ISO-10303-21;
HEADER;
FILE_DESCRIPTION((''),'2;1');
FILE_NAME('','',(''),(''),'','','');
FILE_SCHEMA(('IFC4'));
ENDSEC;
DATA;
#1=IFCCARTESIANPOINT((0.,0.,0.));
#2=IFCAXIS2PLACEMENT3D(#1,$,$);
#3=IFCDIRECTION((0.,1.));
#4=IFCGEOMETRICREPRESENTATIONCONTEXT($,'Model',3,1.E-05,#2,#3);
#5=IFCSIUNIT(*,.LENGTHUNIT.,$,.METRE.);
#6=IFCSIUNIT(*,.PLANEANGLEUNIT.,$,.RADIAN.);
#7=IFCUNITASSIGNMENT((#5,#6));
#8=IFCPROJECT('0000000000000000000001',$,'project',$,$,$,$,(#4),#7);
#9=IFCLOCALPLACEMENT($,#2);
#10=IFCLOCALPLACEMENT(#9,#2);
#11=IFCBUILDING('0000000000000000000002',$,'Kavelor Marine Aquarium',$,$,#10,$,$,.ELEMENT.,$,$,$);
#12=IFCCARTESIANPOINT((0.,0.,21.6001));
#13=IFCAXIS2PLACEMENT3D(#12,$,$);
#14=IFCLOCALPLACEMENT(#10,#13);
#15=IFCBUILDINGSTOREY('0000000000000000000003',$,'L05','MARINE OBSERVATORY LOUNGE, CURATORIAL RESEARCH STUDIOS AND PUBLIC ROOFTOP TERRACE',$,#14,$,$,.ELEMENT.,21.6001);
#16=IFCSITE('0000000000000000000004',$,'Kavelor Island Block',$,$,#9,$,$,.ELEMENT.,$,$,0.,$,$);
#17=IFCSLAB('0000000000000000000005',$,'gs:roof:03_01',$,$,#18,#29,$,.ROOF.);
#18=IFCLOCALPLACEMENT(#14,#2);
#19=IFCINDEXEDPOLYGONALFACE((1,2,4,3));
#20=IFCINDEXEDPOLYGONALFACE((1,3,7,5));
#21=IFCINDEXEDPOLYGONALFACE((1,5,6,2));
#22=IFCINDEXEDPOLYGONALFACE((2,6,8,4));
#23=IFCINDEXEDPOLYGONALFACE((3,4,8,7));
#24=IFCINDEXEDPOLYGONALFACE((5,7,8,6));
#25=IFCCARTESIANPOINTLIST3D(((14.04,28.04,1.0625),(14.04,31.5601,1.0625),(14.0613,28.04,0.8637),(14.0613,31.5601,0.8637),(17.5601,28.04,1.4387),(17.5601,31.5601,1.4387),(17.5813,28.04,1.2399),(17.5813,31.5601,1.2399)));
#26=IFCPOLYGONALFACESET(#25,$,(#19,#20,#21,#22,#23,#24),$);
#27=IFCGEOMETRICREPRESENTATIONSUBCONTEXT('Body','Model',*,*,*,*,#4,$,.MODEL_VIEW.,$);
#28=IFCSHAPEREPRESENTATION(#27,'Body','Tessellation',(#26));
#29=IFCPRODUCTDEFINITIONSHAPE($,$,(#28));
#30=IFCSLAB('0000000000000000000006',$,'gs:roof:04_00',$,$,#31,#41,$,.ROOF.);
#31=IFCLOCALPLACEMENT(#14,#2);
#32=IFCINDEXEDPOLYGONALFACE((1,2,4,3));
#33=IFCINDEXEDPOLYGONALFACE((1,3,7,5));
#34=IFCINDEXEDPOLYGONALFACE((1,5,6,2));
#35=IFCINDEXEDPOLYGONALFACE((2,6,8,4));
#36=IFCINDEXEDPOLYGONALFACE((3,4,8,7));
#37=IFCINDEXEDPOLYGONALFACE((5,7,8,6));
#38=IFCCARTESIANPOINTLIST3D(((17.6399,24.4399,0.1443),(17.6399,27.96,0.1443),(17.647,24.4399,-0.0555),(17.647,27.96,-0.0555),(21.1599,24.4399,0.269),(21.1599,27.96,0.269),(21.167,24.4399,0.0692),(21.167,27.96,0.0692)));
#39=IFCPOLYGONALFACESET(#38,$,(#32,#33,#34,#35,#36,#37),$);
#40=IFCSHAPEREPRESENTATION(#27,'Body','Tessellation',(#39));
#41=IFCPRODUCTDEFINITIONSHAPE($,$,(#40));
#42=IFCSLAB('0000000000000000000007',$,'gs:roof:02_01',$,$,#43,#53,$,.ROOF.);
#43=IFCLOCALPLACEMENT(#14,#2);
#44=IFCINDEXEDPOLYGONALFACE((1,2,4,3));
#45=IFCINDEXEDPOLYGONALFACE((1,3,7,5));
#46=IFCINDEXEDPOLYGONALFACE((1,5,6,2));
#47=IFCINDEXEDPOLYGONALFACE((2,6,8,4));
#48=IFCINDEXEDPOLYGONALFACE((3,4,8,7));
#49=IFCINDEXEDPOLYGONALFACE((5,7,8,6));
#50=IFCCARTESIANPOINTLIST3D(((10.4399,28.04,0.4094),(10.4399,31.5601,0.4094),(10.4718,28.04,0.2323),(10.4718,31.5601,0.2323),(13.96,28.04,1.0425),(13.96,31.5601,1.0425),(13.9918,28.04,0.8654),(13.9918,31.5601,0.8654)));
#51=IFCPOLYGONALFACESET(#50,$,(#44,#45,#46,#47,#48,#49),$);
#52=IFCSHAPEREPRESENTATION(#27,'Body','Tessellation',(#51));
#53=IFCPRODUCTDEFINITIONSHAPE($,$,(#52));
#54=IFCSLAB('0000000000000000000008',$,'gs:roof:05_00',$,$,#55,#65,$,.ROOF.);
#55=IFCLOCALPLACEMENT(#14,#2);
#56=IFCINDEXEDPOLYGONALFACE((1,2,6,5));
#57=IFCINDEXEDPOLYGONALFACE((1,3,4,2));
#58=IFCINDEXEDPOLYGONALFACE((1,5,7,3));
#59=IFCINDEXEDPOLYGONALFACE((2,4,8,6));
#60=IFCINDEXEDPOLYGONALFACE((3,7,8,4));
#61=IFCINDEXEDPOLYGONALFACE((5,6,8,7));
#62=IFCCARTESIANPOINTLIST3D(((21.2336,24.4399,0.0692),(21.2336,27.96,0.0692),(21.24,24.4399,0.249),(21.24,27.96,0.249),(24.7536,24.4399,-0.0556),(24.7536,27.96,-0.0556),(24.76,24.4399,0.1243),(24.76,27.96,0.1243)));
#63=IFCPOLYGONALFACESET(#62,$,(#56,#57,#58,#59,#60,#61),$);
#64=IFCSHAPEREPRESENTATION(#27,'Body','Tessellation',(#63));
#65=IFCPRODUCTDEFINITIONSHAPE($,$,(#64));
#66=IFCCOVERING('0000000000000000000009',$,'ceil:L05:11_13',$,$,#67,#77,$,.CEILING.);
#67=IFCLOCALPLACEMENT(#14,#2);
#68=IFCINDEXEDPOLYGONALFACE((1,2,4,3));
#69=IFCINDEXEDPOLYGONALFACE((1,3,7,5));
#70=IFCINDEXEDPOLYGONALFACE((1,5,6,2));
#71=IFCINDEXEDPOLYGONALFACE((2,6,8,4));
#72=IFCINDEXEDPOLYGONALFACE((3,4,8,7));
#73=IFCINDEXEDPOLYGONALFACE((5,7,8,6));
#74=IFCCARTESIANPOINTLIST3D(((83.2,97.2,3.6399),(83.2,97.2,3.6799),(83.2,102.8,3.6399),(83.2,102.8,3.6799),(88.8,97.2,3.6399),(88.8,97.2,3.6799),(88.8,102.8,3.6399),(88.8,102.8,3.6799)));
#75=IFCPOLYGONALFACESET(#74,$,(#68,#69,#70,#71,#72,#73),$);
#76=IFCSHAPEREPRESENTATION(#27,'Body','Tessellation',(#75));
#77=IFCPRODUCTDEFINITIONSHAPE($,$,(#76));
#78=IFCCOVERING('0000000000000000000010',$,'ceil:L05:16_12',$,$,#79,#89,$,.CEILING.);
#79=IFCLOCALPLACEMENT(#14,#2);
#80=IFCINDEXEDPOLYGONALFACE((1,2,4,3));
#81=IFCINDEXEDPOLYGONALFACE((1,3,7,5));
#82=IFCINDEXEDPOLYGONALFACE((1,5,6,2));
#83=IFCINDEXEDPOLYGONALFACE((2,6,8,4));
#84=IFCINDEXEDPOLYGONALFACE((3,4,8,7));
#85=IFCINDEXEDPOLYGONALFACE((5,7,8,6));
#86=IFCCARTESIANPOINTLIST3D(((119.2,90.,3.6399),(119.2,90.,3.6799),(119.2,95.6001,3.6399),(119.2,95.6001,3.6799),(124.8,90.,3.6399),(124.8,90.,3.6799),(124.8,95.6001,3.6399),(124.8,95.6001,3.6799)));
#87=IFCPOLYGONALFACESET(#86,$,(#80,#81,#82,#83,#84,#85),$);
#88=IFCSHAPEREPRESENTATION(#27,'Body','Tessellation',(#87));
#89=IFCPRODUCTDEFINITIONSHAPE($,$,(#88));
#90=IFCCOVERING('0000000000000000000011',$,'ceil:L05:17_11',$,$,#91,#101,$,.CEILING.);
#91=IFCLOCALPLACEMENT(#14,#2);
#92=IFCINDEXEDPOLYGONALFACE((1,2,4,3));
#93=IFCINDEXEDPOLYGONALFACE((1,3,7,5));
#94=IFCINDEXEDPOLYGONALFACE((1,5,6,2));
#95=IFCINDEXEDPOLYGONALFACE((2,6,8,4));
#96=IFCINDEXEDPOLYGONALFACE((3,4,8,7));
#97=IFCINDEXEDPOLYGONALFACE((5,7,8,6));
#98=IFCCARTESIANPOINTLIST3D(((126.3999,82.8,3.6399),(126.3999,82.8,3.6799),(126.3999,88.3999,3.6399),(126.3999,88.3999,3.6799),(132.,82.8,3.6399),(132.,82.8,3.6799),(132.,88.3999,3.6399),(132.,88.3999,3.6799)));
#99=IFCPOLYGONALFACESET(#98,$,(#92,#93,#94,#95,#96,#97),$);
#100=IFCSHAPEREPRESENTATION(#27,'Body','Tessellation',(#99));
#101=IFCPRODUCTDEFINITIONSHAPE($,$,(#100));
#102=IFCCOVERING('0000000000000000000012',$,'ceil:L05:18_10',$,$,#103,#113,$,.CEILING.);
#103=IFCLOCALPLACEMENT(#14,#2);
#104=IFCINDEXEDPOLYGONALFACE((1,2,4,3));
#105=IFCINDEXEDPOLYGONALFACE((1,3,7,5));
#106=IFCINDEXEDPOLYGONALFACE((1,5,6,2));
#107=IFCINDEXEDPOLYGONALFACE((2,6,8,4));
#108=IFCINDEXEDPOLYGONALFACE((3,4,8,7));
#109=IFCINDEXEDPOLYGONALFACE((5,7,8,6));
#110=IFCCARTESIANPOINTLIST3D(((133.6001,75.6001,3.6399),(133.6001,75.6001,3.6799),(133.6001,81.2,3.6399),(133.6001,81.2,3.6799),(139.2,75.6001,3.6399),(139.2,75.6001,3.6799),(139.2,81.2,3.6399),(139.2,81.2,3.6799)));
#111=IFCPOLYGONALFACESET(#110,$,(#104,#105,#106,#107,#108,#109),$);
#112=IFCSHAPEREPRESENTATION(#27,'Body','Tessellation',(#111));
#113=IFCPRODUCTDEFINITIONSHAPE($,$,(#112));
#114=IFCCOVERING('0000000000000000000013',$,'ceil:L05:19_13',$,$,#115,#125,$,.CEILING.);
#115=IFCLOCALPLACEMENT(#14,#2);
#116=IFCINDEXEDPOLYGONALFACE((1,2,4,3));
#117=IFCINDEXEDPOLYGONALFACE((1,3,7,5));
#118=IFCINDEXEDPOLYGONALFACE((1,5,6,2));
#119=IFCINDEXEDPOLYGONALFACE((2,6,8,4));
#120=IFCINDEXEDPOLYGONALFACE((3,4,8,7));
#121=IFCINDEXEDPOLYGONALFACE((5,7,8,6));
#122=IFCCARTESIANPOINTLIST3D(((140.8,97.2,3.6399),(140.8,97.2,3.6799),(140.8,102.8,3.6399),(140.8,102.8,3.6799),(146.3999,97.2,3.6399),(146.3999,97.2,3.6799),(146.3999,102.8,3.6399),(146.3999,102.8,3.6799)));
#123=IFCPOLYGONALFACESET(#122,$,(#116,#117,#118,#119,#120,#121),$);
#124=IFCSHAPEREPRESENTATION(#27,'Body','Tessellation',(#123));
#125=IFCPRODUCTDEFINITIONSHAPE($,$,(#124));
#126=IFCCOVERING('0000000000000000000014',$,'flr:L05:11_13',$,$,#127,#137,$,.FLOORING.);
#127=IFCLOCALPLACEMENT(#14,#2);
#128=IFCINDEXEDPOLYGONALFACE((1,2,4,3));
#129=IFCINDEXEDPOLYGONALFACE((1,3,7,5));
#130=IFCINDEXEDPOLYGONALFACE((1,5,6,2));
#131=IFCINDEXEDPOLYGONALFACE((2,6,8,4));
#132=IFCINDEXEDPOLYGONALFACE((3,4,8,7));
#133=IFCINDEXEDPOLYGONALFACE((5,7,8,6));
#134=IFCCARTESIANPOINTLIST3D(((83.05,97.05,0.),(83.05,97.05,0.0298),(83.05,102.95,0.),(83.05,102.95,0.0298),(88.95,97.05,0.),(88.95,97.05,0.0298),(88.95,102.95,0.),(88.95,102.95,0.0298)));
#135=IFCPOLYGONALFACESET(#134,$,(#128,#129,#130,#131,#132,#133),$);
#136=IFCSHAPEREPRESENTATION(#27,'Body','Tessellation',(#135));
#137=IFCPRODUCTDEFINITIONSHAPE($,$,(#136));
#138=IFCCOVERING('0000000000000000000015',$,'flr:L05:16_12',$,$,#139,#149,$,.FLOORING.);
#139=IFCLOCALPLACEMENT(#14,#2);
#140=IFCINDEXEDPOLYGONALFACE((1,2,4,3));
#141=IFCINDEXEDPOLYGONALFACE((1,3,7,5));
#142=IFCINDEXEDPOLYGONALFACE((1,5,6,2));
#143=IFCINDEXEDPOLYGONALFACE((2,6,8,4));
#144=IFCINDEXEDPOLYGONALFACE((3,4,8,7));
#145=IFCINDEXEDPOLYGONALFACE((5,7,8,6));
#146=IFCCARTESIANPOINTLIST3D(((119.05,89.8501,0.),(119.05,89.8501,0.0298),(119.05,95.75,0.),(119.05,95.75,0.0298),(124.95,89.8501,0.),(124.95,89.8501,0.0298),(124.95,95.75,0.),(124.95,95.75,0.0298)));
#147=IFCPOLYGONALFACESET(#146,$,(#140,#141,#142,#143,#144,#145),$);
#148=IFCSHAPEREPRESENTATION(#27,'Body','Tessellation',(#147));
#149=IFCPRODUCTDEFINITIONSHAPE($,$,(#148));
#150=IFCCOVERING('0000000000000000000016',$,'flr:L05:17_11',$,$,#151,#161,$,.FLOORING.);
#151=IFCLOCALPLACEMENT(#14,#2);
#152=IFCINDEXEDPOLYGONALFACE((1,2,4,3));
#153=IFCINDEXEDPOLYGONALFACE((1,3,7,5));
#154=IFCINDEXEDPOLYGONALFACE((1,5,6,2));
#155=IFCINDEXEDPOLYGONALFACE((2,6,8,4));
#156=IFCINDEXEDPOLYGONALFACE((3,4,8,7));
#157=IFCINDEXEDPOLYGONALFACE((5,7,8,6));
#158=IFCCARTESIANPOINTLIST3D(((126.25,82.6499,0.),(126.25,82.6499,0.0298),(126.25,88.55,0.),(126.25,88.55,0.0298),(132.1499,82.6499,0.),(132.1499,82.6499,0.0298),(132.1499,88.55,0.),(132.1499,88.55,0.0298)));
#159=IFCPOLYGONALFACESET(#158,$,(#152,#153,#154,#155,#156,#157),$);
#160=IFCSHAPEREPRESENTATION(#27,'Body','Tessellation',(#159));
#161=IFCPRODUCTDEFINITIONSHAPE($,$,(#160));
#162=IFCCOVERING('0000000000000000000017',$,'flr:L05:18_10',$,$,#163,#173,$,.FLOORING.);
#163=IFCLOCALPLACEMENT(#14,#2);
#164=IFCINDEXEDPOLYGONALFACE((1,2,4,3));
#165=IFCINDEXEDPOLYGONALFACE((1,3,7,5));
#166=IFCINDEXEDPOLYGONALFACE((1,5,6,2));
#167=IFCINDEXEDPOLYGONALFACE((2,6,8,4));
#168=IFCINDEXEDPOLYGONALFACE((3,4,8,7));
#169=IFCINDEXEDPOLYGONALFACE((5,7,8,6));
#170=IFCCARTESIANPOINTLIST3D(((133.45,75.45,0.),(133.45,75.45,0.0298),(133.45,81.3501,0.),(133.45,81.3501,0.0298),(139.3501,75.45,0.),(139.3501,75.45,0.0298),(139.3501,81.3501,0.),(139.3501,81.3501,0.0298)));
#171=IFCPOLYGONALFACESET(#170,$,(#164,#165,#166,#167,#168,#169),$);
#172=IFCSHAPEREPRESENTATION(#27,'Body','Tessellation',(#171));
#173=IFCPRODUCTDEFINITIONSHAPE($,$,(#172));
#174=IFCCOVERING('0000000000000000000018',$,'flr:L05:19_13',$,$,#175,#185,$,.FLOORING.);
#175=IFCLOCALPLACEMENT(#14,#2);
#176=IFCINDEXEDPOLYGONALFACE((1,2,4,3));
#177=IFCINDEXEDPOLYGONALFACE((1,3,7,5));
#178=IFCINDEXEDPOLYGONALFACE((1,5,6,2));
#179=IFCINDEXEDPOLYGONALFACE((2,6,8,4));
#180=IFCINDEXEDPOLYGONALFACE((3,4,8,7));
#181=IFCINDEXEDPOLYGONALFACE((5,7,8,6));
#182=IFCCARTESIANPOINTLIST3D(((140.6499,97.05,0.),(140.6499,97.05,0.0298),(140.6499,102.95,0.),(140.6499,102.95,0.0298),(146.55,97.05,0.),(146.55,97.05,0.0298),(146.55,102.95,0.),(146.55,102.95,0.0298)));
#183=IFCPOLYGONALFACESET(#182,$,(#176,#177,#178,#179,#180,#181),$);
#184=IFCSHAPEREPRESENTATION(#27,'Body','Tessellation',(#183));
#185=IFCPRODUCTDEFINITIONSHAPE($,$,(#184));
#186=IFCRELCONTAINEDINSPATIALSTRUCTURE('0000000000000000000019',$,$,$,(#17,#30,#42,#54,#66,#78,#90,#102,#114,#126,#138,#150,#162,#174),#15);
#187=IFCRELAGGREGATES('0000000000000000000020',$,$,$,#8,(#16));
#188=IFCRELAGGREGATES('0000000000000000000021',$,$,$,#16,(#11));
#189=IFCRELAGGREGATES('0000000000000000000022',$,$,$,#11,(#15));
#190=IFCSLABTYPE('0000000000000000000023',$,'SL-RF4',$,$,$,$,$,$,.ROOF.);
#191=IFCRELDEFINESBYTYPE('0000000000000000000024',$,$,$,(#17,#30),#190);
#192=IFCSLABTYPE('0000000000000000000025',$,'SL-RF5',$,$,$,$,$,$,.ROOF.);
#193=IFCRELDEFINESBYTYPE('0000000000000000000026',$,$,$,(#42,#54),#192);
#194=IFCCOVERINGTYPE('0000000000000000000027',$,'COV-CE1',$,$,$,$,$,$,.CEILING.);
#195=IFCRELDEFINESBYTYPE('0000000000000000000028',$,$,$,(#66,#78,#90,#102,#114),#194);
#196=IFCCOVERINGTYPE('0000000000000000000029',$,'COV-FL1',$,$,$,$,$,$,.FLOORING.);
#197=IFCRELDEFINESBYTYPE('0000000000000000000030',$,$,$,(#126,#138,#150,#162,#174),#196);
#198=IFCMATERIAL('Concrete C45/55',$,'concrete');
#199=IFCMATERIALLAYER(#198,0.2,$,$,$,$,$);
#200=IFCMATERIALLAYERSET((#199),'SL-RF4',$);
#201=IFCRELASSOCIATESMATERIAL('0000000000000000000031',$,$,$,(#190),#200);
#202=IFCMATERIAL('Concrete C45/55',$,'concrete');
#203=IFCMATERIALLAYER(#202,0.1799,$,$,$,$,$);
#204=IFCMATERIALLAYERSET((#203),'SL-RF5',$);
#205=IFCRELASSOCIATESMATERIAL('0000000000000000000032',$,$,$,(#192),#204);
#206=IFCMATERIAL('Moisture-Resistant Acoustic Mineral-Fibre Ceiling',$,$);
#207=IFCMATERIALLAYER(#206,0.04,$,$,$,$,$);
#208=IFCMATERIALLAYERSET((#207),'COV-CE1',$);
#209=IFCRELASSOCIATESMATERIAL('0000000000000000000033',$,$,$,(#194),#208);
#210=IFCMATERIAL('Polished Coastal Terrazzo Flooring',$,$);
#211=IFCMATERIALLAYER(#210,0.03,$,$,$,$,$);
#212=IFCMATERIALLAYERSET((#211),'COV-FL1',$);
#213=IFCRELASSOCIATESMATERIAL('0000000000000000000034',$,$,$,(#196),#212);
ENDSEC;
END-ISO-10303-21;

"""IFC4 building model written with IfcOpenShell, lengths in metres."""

from ifc_helpers import new_model, si_unit, direction, frame, origin, place, context, subcontext, project, spatial, polyline, outline, extrude, material, layer, layer_set, type_object, element, save


model = new_model("IFC4")

# Units and contexts
model_context = context("Model", 3, precision=1e-05, world=origin(), true_north=direction((0.0, 1.0)))
body_context = subcontext(model_context, "Body", "Model", "MODEL_VIEW")
ifc_project = project(units=[si_unit("LENGTHUNIT", "METRE"), si_unit("PLANEANGLEUNIT", "RADIAN")], contexts=[model_context])

# Site, building, storey
site_placement = place(None, origin())
site = spatial("IfcSite", under=ifc_project, at=site_placement, Name="Kavelor Island Block", CompositionType="ELEMENT", RefElevation=0.0)
building_placement = place(site_placement, origin())
building = spatial("IfcBuilding", under=site, at=building_placement, Name="Kavelor Marine Aquarium", CompositionType="ELEMENT")
storey_placement = place(building_placement, frame((0.0, 0.0, 21.6001)))
storey = spatial("IfcBuildingStorey", under=building, at=storey_placement, Name="L05", Description="MARINE OBSERVATORY LOUNGE, CURATORIAL RESEARCH STUDIOS AND PUBLIC ROOFTOP TERRACE", CompositionType="ELEMENT", Elevation=21.6001)

# Slabs
ifc_material_1 = material(Name="Concrete C45/55", Category="concrete")
ifc_layer_1 = layer(ifc_material_1, 0.2)
ifc_layer_set_1 = layer_set([ifc_layer_1], Name="SL-RF4")
slab_type_1 = type_object("IfcSlabType", Name="SL-RF4", PredefinedType="ROOF", material=ifc_layer_set_1)
slab_1_placement = place(storey_placement, frame((14.04, 28.04, 1.0625), z_axis=(-0.106275, 0.0, 0.994337), x_axis=(0.994337, 0.0, 0.106275)))
element("IfcSlab", 1, at=slab_1_placement, inside=storey, type_object=slab_type_1, Name="gs:roof:03_01", PredefinedType="ROOF", context=body_context, shape_type="SweptSolid", body=[
    extrude(outline(polyline([(0.0, 0.0), (3.5401, 0.0), (3.5401, 3.52), (0.0, 3.52), (0.0, 0.0)])), origin(), (0.0, 0.0, -1.0), 0.2),
])
slab_2_placement = place(storey_placement, frame((17.6399, 24.4399, 0.1443), z_axis=(-0.03542, 0.0, 0.999373), x_axis=(0.999373, 0.0, 0.03542)))
element("IfcSlab", 2, at=slab_2_placement, inside=storey, type_object=slab_type_1, Name="gs:roof:04_00", PredefinedType="ROOF", context=body_context, shape_type="SweptSolid", body=[
    extrude(outline(polyline([(0.0, 0.0), (3.5222, 0.0), (3.5222, 3.52), (0.0, 3.52), (0.0, 0.0)])), origin(), (0.0, 0.0, -1.0), 0.2),
])
ifc_material_2 = material(Name="Concrete C45/55", Category="concrete")
ifc_layer_2 = layer(ifc_material_2, 0.1799)
ifc_layer_set_2 = layer_set([ifc_layer_2], Name="SL-RF5")
slab_type_2 = type_object("IfcSlabType", Name="SL-RF5", PredefinedType="ROOF", material=ifc_layer_set_2)
slab_3_placement = place(storey_placement, frame((10.4399, 28.04, 0.4094), z_axis=(-0.177005, 0.0, 0.98421), x_axis=(0.98421, 0.0, 0.177005)))
element("IfcSlab", 3, at=slab_3_placement, inside=storey, type_object=slab_type_2, Name="gs:roof:02_01", PredefinedType="ROOF", context=body_context, shape_type="SweptSolid", body=[
    extrude(outline(polyline([(0.0, 0.0), (3.5765, 0.0), (3.5765, 3.52), (0.0, 3.52), (0.0, 0.0)])), origin(), (0.0, 0.0, -1.0), 0.1799),
])
slab_4_placement = place(storey_placement, frame((21.24, 24.4399, 0.249), z_axis=(0.03542, 0.0, 0.999373), x_axis=(0.999373, 0.0, -0.03542)))
element("IfcSlab", 4, at=slab_4_placement, inside=storey, type_object=slab_type_2, Name="gs:roof:05_00", PredefinedType="ROOF", context=body_context, shape_type="SweptSolid", body=[
    extrude(outline(polyline([(0.0, 0.0), (3.5222, 0.0), (3.5222, 3.52), (0.0, 3.52), (0.0, 0.0)])), origin(), (0.0, 0.0, -1.0), 0.1799),
])

# Coverings
ifc_material_3 = material(Name="Moisture-Resistant Acoustic Mineral-Fibre Ceiling")
ifc_layer_3 = layer(ifc_material_3, 0.04)
ifc_layer_set_3 = layer_set([ifc_layer_3], Name="COV-CE1")
covering_type_1 = type_object("IfcCoveringType", Name="COV-CE1", PredefinedType="CEILING", material=ifc_layer_set_3)
covering_1_placement = place(storey_placement, frame((0.0, 0.0, 3.6399)))
element("IfcCovering", 5, at=covering_1_placement, inside=storey, type_object=covering_type_1, Name="ceil:L05:11_13", PredefinedType="CEILING", context=body_context, shape_type="SweptSolid", body=[
    extrude(outline(polyline([(83.2, 97.2), (88.8, 97.2), (88.8, 102.8), (83.2, 102.8), (83.2, 97.2)])), origin(), (0.0, 0.0, 1.0), 0.04),
])
covering_2_placement = place(storey_placement, frame((0.0, 0.0, 3.6399)))
element("IfcCovering", 6, at=covering_2_placement, inside=storey, type_object=covering_type_1, Name="ceil:L05:16_12", PredefinedType="CEILING", context=body_context, shape_type="SweptSolid", body=[
    extrude(outline(polyline([(119.2, 90.0), (124.8, 90.0), (124.8, 95.6001), (119.2, 95.6001), (119.2, 90.0)])), origin(), (0.0, 0.0, 1.0), 0.04),
])
covering_3_placement = place(storey_placement, frame((0.0, 0.0, 3.6399)))
element("IfcCovering", 7, at=covering_3_placement, inside=storey, type_object=covering_type_1, Name="ceil:L05:17_11", PredefinedType="CEILING", context=body_context, shape_type="SweptSolid", body=[
    extrude(outline(polyline([(126.3999, 82.8), (132.0, 82.8), (132.0, 88.3999), (126.3999, 88.3999), (126.3999, 82.8)])), origin(), (0.0, 0.0, 1.0), 0.04),
])
covering_4_placement = place(storey_placement, frame((0.0, 0.0, 3.6399)))
element("IfcCovering", 8, at=covering_4_placement, inside=storey, type_object=covering_type_1, Name="ceil:L05:18_10", PredefinedType="CEILING", context=body_context, shape_type="SweptSolid", body=[
    extrude(outline(polyline([(133.6001, 75.6001), (139.2, 75.6001), (139.2, 81.2), (133.6001, 81.2), (133.6001, 75.6001)])), origin(), (0.0, 0.0, 1.0), 0.04),
])
covering_5_placement = place(storey_placement, frame((0.0, 0.0, 3.6399)))
element("IfcCovering", 9, at=covering_5_placement, inside=storey, type_object=covering_type_1, Name="ceil:L05:19_13", PredefinedType="CEILING", context=body_context, shape_type="SweptSolid", body=[
    extrude(outline(polyline([(140.8, 97.2), (146.3999, 97.2), (146.3999, 102.8), (140.8, 102.8), (140.8, 97.2)])), origin(), (0.0, 0.0, 1.0), 0.04),
])
ifc_material_4 = material(Name="Polished Coastal Terrazzo Flooring")
ifc_layer_4 = layer(ifc_material_4, 0.03)
ifc_layer_set_4 = layer_set([ifc_layer_4], Name="COV-FL1")
covering_type_2 = type_object("IfcCoveringType", Name="COV-FL1", PredefinedType="FLOORING", material=ifc_layer_set_4)
covering_6_placement = place(storey_placement, origin())
element("IfcCovering", 10, at=covering_6_placement, inside=storey, type_object=covering_type_2, Name="flr:L05:11_13", PredefinedType="FLOORING", context=body_context, shape_type="SweptSolid", body=[
    extrude(outline(polyline([(83.05, 97.05), (88.95, 97.05), (88.95, 102.95), (83.05, 102.95), (83.05, 97.05)])), origin(), (0.0, 0.0, 1.0), 0.0298),
])
covering_7_placement = place(storey_placement, origin())
element("IfcCovering", 11, at=covering_7_placement, inside=storey, type_object=covering_type_2, Name="flr:L05:16_12", PredefinedType="FLOORING", context=body_context, shape_type="SweptSolid", body=[
    extrude(outline(polyline([(119.05, 89.8501), (124.95, 89.8501), (124.95, 95.75), (119.05, 95.75), (119.05, 89.8501)])), origin(), (0.0, 0.0, 1.0), 0.0298),
])
covering_8_placement = place(storey_placement, origin())
element("IfcCovering", 12, at=covering_8_placement, inside=storey, type_object=covering_type_2, Name="flr:L05:17_11", PredefinedType="FLOORING", context=body_context, shape_type="SweptSolid", body=[
    extrude(outline(polyline([(126.25, 82.6499), (132.1499, 82.6499), (132.1499, 88.55), (126.25, 88.55), (126.25, 82.6499)])), origin(), (0.0, 0.0, 1.0), 0.0298),
])
covering_9_placement = place(storey_placement, origin())
element("IfcCovering", 13, at=covering_9_placement, inside=storey, type_object=covering_type_2, Name="flr:L05:18_10", PredefinedType="FLOORING", context=body_context, shape_type="SweptSolid", body=[
    extrude(outline(polyline([(133.45, 75.45), (139.3501, 75.45), (139.3501, 81.3501), (133.45, 81.3501), (133.45, 75.45)])), origin(), (0.0, 0.0, 1.0), 0.0298),
])
covering_10_placement = place(storey_placement, origin())
element("IfcCovering", 14, at=covering_10_placement, inside=storey, type_object=covering_type_2, Name="flr:L05:19_13", PredefinedType="FLOORING", context=body_context, shape_type="SweptSolid", body=[
    extrude(outline(polyline([(140.6499, 97.05), (146.55, 97.05), (146.55, 102.95), (140.6499, 102.95), (140.6499, 97.05)])), origin(), (0.0, 0.0, 1.0), 0.0298),
])

save(model, "model.ifc")
